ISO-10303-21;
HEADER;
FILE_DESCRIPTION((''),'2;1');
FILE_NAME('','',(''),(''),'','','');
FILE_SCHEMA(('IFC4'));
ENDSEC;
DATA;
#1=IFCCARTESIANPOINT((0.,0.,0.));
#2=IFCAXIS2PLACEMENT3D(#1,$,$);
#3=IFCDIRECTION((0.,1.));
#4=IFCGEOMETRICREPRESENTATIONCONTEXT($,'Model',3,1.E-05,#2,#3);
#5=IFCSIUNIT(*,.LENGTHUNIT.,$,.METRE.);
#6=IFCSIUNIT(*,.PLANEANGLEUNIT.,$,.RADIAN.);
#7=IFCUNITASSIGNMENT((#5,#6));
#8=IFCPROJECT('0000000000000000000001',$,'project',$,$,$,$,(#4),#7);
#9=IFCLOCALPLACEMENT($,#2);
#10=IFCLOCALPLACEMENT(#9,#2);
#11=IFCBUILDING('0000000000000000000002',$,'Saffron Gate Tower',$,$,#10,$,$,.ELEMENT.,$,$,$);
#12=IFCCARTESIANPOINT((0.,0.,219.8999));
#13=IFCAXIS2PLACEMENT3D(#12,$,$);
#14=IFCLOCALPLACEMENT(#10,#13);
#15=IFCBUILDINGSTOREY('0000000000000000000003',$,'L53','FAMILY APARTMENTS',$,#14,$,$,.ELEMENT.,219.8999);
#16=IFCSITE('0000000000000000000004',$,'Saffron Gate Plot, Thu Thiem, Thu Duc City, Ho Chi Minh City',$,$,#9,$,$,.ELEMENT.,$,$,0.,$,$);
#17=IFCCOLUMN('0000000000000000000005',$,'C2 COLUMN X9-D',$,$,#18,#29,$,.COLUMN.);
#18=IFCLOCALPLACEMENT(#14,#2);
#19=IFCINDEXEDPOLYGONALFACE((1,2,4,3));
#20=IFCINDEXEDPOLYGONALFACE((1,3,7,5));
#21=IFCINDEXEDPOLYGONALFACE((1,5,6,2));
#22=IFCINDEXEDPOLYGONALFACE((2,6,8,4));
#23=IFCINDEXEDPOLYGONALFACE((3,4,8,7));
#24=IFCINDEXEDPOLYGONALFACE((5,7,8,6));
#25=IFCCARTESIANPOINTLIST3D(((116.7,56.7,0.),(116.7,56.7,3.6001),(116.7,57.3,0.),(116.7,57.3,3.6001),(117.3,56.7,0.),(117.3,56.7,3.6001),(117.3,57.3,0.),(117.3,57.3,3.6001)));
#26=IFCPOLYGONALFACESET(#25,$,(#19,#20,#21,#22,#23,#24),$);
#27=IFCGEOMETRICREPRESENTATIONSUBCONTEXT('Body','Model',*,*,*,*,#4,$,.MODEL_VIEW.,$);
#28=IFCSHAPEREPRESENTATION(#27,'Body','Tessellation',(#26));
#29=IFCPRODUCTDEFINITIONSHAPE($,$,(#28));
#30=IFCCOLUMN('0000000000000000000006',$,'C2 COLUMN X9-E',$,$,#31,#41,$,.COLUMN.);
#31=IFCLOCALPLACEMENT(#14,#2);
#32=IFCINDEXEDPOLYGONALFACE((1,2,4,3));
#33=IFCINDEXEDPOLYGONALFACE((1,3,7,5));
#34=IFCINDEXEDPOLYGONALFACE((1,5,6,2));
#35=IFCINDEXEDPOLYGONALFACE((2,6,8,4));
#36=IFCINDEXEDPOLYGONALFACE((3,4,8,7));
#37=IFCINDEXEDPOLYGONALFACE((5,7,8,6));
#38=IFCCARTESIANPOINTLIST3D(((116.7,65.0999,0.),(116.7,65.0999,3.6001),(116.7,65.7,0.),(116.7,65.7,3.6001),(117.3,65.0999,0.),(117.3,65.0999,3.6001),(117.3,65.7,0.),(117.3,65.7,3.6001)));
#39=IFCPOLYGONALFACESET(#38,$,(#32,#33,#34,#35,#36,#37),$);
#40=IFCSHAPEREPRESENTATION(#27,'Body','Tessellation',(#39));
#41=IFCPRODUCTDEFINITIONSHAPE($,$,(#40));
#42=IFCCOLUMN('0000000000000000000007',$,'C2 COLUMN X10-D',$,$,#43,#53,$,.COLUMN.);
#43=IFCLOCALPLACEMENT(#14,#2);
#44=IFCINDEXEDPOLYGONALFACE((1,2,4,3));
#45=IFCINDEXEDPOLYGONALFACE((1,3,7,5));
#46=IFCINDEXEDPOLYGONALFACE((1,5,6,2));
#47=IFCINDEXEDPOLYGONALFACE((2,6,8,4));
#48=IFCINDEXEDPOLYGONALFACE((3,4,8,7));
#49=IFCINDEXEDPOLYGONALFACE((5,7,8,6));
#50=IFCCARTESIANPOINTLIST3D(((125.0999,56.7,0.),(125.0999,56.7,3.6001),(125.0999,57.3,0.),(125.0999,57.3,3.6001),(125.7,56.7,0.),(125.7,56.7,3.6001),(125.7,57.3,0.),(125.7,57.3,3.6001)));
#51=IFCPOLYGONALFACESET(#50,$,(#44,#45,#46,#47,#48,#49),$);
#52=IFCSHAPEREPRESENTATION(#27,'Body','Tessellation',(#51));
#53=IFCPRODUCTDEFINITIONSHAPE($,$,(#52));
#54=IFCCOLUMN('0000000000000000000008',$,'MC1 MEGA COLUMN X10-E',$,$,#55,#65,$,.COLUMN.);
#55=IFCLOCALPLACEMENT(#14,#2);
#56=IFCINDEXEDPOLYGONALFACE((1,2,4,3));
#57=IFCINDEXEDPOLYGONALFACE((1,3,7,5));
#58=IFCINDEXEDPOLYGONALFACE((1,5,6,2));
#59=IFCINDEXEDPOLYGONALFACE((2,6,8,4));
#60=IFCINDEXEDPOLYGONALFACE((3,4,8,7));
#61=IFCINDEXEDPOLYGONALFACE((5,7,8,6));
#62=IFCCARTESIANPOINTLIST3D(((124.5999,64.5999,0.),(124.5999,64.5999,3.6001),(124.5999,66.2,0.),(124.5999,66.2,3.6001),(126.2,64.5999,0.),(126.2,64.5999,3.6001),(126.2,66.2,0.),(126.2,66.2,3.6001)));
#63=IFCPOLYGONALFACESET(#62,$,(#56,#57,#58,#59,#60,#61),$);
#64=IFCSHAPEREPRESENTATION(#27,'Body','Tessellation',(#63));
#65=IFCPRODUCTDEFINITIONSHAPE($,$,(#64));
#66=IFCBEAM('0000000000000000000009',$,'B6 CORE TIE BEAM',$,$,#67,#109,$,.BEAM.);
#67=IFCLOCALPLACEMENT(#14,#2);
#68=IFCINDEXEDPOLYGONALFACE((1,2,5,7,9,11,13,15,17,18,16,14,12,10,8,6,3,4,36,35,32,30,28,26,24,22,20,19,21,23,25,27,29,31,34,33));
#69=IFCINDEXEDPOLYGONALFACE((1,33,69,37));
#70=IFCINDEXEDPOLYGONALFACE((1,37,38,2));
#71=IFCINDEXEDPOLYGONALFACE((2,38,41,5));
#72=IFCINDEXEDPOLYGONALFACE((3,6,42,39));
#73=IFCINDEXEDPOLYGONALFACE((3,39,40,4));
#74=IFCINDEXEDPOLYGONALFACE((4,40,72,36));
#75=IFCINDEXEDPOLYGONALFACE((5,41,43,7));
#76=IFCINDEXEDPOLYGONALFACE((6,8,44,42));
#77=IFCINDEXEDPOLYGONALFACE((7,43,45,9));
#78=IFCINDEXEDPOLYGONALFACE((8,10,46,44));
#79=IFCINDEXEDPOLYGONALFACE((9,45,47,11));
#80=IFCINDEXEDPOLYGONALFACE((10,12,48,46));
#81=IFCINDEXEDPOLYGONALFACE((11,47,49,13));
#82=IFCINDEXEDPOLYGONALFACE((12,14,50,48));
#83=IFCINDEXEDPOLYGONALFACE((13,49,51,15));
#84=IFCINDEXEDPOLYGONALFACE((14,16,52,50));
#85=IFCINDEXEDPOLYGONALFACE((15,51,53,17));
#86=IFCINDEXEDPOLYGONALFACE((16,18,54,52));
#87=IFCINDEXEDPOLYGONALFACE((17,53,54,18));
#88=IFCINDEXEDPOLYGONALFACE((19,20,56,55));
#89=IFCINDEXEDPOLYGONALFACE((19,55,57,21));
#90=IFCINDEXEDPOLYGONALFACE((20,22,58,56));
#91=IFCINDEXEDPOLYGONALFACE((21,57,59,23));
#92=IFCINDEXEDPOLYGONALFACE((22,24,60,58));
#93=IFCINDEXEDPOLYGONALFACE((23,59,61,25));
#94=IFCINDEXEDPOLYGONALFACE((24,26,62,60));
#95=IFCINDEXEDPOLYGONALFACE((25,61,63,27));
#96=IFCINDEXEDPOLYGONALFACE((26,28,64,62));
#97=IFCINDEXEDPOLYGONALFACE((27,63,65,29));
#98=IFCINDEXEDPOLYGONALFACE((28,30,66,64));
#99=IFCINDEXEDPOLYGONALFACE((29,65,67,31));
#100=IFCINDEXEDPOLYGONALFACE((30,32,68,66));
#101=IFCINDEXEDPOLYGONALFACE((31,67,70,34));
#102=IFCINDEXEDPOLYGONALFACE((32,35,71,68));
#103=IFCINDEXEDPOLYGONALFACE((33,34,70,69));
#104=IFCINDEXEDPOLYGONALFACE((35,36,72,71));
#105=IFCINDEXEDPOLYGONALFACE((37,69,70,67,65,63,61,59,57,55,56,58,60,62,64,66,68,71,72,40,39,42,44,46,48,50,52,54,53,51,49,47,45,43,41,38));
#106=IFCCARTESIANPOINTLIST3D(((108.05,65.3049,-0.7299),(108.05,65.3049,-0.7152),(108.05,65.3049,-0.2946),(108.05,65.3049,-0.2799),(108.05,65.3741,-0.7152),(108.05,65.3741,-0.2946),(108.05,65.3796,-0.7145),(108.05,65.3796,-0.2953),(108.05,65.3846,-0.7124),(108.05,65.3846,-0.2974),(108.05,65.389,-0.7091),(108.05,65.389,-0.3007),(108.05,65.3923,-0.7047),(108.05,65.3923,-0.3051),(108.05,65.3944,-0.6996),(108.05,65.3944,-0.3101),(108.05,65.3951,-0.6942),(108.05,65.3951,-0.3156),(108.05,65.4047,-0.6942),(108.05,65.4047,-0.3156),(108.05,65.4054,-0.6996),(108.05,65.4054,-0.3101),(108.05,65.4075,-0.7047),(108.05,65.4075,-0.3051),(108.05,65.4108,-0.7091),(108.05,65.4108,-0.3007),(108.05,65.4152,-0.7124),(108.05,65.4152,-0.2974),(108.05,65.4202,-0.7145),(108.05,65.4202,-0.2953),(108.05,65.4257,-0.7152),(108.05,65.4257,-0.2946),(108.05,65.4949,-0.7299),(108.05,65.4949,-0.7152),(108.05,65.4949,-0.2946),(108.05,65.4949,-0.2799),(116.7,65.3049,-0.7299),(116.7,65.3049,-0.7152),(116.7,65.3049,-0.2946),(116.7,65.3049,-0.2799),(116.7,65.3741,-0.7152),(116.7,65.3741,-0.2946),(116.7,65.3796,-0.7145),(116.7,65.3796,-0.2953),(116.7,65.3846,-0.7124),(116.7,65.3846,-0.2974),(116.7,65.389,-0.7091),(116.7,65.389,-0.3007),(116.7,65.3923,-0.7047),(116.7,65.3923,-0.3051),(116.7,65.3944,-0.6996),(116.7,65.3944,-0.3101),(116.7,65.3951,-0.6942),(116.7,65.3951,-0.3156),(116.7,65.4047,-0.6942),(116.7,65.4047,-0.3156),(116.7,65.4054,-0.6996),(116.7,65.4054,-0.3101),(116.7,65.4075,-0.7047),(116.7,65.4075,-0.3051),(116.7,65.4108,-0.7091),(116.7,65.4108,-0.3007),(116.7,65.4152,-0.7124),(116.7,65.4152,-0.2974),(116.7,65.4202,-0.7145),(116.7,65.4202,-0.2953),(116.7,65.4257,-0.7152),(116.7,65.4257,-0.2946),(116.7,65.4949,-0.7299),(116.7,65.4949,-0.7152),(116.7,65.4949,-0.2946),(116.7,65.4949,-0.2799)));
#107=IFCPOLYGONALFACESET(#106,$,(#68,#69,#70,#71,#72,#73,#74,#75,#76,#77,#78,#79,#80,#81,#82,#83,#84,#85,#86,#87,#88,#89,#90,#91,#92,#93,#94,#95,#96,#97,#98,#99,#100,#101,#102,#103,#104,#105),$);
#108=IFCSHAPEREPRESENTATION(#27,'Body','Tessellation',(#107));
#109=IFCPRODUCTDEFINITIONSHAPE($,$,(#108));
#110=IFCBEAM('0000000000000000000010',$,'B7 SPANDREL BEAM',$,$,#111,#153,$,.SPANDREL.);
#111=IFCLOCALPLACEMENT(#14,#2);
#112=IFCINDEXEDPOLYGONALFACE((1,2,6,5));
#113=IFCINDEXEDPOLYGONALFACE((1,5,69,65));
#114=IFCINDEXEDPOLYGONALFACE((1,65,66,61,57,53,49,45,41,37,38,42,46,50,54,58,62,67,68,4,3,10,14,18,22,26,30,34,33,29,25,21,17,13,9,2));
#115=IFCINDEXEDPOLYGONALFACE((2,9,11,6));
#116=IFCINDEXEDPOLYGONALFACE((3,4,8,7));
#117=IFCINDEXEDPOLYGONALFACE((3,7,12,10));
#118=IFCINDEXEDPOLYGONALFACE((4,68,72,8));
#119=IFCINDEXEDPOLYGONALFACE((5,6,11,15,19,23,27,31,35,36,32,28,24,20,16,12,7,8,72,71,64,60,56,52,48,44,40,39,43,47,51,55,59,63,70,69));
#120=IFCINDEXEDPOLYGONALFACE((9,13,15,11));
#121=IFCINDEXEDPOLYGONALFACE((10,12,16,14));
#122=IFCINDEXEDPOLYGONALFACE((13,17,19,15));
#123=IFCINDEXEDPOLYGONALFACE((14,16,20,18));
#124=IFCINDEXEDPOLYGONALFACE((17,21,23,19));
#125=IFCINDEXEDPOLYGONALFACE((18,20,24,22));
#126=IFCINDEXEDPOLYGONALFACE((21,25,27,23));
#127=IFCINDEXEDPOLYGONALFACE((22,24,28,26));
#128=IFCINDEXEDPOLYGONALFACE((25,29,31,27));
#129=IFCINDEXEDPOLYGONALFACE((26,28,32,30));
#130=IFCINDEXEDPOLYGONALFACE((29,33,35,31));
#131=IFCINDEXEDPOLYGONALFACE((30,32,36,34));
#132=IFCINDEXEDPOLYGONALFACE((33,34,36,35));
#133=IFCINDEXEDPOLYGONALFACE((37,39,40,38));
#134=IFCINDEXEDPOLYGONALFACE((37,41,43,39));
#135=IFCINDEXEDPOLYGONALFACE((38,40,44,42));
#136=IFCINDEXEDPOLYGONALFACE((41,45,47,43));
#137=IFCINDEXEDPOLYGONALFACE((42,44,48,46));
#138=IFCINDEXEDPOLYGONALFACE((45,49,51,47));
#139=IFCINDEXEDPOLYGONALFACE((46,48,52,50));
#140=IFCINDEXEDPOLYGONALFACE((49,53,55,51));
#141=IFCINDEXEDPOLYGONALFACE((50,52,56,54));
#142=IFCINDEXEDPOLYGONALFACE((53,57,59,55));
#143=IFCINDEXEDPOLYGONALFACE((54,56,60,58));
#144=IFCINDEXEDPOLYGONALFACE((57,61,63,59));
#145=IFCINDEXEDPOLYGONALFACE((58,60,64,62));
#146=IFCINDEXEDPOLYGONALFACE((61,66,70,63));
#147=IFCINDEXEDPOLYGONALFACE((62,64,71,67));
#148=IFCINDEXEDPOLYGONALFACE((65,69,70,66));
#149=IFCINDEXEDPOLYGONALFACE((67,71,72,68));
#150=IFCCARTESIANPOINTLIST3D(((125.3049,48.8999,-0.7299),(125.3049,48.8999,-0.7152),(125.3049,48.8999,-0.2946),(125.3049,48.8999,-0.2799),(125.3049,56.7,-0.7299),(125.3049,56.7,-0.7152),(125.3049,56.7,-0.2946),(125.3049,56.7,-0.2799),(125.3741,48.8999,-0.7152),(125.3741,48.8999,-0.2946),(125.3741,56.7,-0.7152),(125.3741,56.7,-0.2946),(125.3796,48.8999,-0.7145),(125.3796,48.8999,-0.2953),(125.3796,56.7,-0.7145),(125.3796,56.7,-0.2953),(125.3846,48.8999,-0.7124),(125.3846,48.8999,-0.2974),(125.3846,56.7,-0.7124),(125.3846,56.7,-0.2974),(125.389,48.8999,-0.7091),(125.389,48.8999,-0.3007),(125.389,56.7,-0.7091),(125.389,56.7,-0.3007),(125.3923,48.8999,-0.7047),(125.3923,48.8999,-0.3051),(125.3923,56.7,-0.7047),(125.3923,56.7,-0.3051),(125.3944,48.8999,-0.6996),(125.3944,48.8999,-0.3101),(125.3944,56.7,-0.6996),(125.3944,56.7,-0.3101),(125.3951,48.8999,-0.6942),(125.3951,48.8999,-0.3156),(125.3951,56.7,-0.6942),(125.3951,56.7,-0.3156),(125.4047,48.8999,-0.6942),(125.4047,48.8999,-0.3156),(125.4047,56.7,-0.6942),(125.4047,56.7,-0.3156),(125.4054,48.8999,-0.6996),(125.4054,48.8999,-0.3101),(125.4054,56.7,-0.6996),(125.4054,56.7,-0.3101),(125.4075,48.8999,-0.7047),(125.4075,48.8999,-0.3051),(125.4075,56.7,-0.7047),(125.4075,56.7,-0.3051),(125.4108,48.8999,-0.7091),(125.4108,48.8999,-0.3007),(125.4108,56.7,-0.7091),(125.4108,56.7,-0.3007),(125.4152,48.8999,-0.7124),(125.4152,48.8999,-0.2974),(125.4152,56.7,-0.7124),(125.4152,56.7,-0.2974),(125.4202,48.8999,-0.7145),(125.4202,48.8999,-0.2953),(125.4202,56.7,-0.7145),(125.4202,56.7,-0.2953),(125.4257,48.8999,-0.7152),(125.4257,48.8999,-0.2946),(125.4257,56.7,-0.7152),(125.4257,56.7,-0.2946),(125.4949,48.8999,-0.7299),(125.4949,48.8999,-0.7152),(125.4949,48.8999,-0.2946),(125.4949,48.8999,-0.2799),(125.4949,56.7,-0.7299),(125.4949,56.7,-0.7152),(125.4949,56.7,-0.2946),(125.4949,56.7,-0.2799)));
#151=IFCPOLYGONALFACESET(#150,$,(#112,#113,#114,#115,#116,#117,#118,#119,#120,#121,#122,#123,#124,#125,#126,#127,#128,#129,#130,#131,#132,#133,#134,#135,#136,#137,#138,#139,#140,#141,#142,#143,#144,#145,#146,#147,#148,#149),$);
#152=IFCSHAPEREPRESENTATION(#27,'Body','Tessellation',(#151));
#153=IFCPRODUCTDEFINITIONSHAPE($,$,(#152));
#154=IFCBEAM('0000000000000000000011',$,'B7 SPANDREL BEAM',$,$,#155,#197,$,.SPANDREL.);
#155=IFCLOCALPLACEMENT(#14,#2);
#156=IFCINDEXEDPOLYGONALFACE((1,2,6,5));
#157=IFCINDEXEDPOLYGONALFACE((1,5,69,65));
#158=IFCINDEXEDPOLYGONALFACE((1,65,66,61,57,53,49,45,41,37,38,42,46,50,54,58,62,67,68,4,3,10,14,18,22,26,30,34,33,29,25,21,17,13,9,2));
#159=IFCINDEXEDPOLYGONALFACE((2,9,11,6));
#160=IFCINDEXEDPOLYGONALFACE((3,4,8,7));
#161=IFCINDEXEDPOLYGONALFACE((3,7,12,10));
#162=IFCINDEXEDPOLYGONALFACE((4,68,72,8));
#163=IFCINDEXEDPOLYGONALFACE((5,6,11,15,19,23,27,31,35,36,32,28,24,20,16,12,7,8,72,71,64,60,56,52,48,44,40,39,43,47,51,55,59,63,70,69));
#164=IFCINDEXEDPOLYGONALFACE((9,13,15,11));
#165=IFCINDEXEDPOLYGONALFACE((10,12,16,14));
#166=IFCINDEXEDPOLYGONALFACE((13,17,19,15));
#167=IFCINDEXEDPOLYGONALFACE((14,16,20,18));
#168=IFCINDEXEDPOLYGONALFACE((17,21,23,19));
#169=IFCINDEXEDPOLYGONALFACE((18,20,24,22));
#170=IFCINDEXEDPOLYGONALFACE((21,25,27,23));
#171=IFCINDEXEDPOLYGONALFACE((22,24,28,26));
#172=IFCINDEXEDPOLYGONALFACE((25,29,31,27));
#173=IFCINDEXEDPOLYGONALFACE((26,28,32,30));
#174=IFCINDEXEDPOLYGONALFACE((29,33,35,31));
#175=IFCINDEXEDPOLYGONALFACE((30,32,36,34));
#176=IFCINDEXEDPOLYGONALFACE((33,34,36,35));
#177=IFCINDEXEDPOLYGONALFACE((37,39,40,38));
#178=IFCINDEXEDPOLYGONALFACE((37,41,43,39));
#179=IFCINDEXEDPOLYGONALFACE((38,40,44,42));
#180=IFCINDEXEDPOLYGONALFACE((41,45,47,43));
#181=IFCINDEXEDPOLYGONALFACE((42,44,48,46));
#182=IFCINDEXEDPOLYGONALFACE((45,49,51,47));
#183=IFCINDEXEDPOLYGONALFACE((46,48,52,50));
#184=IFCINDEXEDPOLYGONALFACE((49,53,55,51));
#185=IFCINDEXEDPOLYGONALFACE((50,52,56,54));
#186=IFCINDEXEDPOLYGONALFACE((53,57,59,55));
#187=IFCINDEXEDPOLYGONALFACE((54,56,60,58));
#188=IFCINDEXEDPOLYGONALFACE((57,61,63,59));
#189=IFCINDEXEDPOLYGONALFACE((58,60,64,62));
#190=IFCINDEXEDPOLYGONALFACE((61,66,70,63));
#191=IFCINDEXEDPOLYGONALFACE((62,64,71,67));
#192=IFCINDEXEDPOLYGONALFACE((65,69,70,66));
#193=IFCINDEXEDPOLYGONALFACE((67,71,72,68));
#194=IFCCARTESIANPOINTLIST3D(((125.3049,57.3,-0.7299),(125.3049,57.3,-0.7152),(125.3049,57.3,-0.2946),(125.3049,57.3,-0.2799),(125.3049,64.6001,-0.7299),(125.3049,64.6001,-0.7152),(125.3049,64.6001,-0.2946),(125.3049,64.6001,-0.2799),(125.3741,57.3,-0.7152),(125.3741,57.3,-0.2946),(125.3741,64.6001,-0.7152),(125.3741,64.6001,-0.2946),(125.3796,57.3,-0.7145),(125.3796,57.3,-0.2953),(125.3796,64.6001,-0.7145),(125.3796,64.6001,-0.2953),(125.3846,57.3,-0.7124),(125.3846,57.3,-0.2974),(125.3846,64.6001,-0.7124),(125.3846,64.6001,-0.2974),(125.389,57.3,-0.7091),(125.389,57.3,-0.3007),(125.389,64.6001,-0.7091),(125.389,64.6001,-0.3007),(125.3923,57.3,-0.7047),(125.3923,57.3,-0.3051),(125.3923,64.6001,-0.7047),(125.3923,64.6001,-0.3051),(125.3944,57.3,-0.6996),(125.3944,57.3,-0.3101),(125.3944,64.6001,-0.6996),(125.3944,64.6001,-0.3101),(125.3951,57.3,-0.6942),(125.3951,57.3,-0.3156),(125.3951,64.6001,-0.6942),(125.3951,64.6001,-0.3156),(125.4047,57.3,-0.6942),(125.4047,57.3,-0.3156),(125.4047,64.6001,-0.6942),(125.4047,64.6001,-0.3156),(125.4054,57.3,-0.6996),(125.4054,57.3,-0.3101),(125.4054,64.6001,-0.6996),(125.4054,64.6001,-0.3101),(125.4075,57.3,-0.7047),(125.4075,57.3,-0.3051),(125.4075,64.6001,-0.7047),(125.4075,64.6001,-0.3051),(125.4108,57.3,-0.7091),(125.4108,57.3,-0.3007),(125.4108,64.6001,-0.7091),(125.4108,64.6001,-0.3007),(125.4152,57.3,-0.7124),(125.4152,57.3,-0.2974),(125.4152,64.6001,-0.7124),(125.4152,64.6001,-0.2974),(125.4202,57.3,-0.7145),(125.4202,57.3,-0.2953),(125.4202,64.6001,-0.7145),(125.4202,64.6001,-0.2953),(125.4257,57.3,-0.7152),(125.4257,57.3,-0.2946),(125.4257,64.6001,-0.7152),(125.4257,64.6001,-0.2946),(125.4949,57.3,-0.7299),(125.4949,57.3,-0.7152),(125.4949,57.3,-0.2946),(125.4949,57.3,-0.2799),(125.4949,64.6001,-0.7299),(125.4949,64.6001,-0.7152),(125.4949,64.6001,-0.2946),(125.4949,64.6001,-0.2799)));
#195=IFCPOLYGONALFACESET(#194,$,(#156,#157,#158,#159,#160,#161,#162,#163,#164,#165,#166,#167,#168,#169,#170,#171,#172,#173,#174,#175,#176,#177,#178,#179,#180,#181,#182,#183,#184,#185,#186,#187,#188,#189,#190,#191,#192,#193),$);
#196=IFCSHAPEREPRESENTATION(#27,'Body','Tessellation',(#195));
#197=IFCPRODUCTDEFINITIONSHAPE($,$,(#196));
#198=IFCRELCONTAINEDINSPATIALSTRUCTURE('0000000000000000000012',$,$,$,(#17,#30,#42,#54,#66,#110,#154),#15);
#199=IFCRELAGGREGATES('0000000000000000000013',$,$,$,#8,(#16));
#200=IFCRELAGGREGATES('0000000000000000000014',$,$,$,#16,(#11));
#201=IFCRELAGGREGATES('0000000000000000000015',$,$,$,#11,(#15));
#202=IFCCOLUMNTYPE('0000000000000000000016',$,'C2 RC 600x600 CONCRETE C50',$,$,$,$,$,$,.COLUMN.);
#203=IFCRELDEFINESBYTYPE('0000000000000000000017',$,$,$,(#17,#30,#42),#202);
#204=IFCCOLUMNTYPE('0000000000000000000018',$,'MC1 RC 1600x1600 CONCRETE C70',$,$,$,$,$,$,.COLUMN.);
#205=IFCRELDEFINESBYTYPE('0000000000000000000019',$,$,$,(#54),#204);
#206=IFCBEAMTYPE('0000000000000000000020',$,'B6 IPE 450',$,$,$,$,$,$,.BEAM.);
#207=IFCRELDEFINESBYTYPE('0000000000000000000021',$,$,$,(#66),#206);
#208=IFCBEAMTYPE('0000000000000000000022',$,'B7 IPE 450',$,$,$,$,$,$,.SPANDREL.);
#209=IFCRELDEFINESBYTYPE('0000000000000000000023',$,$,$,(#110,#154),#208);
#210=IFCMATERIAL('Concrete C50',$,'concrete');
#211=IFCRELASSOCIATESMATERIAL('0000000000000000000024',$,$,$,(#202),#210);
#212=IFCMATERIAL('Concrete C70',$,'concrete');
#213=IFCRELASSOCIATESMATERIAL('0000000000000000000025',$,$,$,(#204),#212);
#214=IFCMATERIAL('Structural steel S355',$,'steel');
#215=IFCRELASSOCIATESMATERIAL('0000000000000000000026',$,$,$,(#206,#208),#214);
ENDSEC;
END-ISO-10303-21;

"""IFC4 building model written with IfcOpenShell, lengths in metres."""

from ifc_helpers import new_model, si_unit, direction, frame, origin, origin_2d, place, context, subcontext, project, spatial, rectangle, i_section, extrude, material, material_profile, profile_set, type_object, element, save


model = new_model("IFC4")

# Units and contexts
model_context = context("Model", 3, precision=1e-05, world=origin(), true_north=direction((0.0, 1.0)))
body_context = subcontext(model_context, "Body", "Model", "MODEL_VIEW")
ifc_project = project(units=[si_unit("LENGTHUNIT", "METRE"), si_unit("PLANEANGLEUNIT", "RADIAN")], contexts=[model_context])

# Site, building, storey
site_placement = place(None, origin())
site = spatial("IfcSite", under=ifc_project, at=site_placement, Name="Saffron Gate Plot, Thu Thiem, Thu Duc City, Ho Chi Minh City", CompositionType="ELEMENT", RefElevation=0.0)
building_placement = place(site_placement, origin())
building = spatial("IfcBuilding", under=site, at=building_placement, Name="Saffron Gate Tower", CompositionType="ELEMENT")
storey_placement = place(building_placement, frame((0.0, 0.0, 219.8999)))
storey = spatial("IfcBuildingStorey", under=building, at=storey_placement, Name="L53", Description="FAMILY APARTMENTS", CompositionType="ELEMENT", Elevation=219.8999)

# Columns
ifc_material_1 = material(Name="Concrete C50", Category="concrete")
ifc_material_profile_1 = material_profile(ifc_material_1, rectangle(XDim=0.6001, YDim=0.6001, at=origin_2d()))
ifc_profile_set_1 = profile_set([ifc_material_profile_1], Name="Concrete C50")
column_type_1 = type_object("IfcColumnType", Name="C2 RC 600x600 CONCRETE C50", PredefinedType="COLUMN", material=ifc_profile_set_1)
for number, where, z_axis, x_axis, name in (
    (1, (117.0, 57.0, 0.0), (0.0, 0.0, 1.0), (1.0, 0.0, 0.0), "C2 COLUMN X9-D"),
    (2, (117.0, 65.3999, 0.0), (0.0, 0.0, 1.0), (1.0, 0.0, 0.0), "C2 COLUMN X9-E"),
    (3, (125.3999, 57.0, 0.0), (0.0, 0.0, 1.0), (1.0, 0.0, 0.0), "C2 COLUMN X10-D"),
):
    element("IfcColumn", number, at=place(storey_placement, frame(where, z_axis=z_axis, x_axis=x_axis)), inside=storey, type_object=column_type_1, Name=name, PredefinedType="COLUMN", context=body_context, shape_type="SweptSolid", body=[
        extrude(rectangle(XDim=0.6001, YDim=0.6001, at=origin_2d()), origin(), (0.0, 0.0, 1.0), 3.6001),
    ])
ifc_material_2 = material(Name="Concrete C70", Category="concrete")
ifc_material_profile_2 = material_profile(ifc_material_2, rectangle(XDim=1.6001, YDim=1.6001, at=origin_2d()))
ifc_profile_set_2 = profile_set([ifc_material_profile_2], Name="Concrete C70")
column_type_2 = type_object("IfcColumnType", Name="MC1 RC 1600x1600 CONCRETE C70", PredefinedType="COLUMN", material=ifc_profile_set_2)
column_placement = place(storey_placement, frame((125.3999, 65.3999, 0.0), z_axis=(0.0, 0.0, 1.0), x_axis=(1.0, 0.0, 0.0)))
element("IfcColumn", 4, at=column_placement, inside=storey, type_object=column_type_2, Name="MC1 MEGA COLUMN X10-E", PredefinedType="COLUMN", context=body_context, shape_type="SweptSolid", body=[
    extrude(rectangle(XDim=1.6001, YDim=1.6001, at=origin_2d()), origin(), (0.0, 0.0, 1.0), 3.6001),
])

# Beams
ifc_material_3 = material(Name="Structural steel S355", Category="steel")
ifc_material_profile_3 = material_profile(ifc_material_3, i_section(OverallWidth=0.1899, OverallDepth=0.45, WebThickness=0.0095, FlangeThickness=0.0146, FilletRadius=0.021, at=origin_2d()))
ifc_profile_set_3 = profile_set([ifc_material_profile_3], Name="Structural steel S355")
beam_type_1 = type_object("IfcBeamType", Name="B6 IPE 450", PredefinedType="BEAM", material=ifc_profile_set_3)
beam_1_placement = place(storey_placement, frame((116.7, 65.3999, -0.5049), z_axis=(-1.0, 0.0, 0.0), x_axis=(0.0, -1.0, 0.0)))
element("IfcBeam", 5, at=beam_1_placement, inside=storey, type_object=beam_type_1, Name="B6 CORE TIE BEAM", PredefinedType="BEAM", context=body_context, shape_type="SweptSolid", body=[
    extrude(i_section(OverallWidth=0.1899, OverallDepth=0.45, WebThickness=0.0095, FlangeThickness=0.0146, FilletRadius=0.021, at=origin_2d()), origin(), (0.0, 0.0, 1.0), 8.6499),
])
ifc_material_profile_4 = material_profile(ifc_material_3, i_section(OverallWidth=0.1899, OverallDepth=0.45, WebThickness=0.0095, FlangeThickness=0.0146, FilletRadius=0.021, at=origin_2d()))
ifc_profile_set_4 = profile_set([ifc_material_profile_4], Name="Structural steel S355")
beam_type_2 = type_object("IfcBeamType", Name="B7 IPE 450", PredefinedType="SPANDREL", material=ifc_profile_set_4)
beam_2_placement = place(storey_placement, frame((125.3999, 48.8999, -0.5049), z_axis=(0.0, 1.0, 0.0), x_axis=(-1.0, 0.0, 0.0)))
element("IfcBeam", 6, at=beam_2_placement, inside=storey, type_object=beam_type_2, Name="B7 SPANDREL BEAM", PredefinedType="SPANDREL", context=body_context, shape_type="SweptSolid", body=[
    extrude(i_section(OverallWidth=0.1899, OverallDepth=0.45, WebThickness=0.0095, FlangeThickness=0.0146, FilletRadius=0.021, at=origin_2d()), origin(), (0.0, 0.0, 1.0), 7.8),
])
beam_3_placement = place(storey_placement, frame((125.3999, 57.3, -0.5049), z_axis=(0.0, 1.0, 0.0), x_axis=(-1.0, 0.0, 0.0)))
element("IfcBeam", 7, at=beam_3_placement, inside=storey, type_object=beam_type_2, Name="B7 SPANDREL BEAM", PredefinedType="SPANDREL", context=body_context, shape_type="SweptSolid", body=[
    extrude(i_section(OverallWidth=0.1899, OverallDepth=0.45, WebThickness=0.0095, FlangeThickness=0.0146, FilletRadius=0.021, at=origin_2d()), origin(), (0.0, 0.0, 1.0), 7.3),
])

save(model, "model.ifc")
